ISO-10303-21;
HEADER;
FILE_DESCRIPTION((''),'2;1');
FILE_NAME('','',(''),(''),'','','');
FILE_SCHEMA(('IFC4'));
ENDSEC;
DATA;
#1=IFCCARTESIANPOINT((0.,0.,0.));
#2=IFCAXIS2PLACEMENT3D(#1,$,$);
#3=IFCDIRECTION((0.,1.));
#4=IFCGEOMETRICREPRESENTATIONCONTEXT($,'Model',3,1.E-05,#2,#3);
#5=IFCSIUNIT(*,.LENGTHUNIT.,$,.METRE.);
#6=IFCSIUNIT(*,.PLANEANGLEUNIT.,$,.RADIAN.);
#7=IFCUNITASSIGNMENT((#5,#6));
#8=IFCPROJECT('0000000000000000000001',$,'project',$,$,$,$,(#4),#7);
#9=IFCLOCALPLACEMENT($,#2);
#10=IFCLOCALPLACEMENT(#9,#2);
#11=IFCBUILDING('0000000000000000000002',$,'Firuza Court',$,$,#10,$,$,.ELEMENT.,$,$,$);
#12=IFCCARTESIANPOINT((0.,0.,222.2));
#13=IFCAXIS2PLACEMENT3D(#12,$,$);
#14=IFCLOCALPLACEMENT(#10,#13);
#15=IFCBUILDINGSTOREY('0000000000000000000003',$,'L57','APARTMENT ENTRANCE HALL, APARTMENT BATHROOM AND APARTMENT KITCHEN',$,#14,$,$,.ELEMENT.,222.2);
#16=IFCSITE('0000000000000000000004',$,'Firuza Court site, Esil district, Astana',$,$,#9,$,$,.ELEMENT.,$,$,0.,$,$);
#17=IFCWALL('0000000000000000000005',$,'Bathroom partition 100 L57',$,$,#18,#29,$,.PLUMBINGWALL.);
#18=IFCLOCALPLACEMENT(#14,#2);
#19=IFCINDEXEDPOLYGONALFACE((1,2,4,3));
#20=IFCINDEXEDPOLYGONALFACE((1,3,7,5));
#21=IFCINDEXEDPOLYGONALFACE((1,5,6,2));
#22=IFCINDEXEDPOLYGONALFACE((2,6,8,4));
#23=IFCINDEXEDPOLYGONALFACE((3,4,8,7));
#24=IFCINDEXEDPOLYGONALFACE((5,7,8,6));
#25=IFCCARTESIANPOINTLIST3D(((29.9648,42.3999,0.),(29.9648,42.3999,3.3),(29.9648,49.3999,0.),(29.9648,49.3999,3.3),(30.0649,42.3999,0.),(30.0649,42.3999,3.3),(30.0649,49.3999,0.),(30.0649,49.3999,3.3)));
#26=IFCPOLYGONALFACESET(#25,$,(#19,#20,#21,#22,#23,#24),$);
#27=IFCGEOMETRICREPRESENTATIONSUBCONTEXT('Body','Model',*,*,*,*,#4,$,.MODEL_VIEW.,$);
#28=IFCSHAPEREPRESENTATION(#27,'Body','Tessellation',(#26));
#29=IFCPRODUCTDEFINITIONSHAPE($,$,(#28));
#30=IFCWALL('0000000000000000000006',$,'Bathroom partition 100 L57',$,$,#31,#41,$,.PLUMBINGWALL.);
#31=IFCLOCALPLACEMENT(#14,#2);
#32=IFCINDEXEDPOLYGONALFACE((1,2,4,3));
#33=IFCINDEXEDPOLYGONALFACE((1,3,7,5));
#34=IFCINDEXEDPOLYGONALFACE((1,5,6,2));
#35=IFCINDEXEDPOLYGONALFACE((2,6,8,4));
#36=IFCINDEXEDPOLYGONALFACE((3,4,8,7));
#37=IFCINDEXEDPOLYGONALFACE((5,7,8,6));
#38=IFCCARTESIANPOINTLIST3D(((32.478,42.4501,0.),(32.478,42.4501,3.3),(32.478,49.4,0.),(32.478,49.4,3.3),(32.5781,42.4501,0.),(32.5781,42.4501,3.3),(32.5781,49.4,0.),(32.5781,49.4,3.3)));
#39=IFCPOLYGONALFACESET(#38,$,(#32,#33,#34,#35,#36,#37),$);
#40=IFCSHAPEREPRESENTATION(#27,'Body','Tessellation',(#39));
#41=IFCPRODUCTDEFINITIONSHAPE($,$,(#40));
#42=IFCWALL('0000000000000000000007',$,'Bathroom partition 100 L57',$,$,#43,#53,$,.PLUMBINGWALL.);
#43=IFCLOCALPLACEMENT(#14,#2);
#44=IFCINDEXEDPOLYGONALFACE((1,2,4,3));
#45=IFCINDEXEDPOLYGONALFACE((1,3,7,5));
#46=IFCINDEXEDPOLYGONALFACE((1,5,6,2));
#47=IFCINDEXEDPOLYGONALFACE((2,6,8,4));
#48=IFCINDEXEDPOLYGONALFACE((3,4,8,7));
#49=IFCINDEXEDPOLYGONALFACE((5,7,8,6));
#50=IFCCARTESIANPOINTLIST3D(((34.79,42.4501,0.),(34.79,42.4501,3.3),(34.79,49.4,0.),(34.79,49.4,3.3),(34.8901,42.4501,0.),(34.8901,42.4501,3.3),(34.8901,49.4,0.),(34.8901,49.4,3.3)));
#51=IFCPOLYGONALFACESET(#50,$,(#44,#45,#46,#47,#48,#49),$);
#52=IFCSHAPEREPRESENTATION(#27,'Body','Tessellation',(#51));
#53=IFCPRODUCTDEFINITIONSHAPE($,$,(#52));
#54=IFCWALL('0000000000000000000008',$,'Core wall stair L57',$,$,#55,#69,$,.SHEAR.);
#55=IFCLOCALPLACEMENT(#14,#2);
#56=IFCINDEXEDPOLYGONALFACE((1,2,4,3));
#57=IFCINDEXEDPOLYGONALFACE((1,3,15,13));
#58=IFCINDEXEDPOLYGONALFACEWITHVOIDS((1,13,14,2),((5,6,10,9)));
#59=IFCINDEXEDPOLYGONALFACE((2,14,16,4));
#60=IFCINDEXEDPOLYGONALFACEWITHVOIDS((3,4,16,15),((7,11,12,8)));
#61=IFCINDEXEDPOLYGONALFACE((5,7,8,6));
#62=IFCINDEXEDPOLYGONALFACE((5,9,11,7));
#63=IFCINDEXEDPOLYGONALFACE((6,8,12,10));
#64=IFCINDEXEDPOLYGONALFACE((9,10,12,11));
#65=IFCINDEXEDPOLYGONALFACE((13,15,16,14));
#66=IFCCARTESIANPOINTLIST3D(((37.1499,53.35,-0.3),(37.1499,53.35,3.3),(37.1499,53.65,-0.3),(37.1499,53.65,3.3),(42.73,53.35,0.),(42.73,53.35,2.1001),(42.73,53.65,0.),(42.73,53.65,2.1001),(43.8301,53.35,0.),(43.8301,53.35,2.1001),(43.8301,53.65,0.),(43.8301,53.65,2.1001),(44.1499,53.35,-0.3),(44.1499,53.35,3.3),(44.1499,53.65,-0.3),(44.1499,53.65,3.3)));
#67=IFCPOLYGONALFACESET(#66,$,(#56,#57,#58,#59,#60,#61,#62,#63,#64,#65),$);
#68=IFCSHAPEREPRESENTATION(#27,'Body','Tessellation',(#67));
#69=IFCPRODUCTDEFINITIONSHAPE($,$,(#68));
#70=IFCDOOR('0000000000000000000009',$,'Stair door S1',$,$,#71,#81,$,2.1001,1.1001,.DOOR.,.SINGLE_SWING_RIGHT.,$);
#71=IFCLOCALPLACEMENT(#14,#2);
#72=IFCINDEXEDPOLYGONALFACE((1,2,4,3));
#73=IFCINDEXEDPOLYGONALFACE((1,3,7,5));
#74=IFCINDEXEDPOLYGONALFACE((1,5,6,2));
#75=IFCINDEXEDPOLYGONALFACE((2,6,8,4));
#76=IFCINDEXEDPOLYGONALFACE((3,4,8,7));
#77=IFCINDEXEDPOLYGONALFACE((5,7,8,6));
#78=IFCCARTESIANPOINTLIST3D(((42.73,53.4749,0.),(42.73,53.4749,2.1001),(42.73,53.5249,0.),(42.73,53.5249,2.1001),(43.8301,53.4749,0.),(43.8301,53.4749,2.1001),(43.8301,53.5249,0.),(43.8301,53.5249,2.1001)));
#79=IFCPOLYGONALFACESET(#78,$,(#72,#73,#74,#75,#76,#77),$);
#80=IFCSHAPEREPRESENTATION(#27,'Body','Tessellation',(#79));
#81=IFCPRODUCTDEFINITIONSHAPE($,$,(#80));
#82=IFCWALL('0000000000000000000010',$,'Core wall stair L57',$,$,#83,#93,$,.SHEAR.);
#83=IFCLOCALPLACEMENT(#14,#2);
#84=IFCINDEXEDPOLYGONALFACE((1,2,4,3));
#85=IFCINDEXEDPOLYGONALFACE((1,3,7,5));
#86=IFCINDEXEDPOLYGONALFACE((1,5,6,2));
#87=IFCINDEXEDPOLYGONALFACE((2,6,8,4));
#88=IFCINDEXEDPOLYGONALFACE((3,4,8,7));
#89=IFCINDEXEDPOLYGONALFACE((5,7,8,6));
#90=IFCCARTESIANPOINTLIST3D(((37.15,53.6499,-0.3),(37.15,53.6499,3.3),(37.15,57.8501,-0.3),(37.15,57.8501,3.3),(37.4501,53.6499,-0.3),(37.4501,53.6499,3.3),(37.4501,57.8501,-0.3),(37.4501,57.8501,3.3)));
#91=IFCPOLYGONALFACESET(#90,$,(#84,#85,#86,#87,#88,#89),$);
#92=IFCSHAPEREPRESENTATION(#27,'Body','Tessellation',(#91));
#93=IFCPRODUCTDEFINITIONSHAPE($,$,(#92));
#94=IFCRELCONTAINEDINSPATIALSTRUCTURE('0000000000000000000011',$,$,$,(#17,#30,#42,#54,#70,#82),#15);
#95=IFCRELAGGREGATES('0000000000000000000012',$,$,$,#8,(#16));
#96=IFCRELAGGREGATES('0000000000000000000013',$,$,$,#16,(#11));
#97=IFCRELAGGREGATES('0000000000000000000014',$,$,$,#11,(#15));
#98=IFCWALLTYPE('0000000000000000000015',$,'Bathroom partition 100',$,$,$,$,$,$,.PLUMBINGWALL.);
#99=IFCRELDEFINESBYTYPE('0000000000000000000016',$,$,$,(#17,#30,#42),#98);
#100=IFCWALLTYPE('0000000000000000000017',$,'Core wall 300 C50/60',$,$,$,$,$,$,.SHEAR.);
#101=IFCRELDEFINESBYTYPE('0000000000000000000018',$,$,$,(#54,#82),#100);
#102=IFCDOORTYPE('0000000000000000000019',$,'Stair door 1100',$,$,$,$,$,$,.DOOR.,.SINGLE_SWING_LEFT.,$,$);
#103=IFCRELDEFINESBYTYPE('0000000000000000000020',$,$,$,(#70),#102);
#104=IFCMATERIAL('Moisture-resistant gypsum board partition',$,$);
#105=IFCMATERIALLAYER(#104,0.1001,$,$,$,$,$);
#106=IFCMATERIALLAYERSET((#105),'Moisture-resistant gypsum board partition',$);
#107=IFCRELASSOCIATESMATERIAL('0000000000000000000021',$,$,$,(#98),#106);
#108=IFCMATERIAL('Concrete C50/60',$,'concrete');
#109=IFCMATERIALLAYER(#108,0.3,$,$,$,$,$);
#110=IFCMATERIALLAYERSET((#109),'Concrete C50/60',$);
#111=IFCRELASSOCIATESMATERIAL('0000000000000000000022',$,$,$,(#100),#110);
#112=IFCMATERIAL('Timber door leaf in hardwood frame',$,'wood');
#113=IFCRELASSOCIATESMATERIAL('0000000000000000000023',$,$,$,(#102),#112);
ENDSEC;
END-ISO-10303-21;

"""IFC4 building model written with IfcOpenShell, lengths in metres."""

from ifc_helpers import new_model, si_unit, direction, frame, frame_2d, origin, place, context, subcontext, project, spatial, rectangle, extrude, material, layer, layer_set, type_object, element, fill, save


model = new_model("IFC4")

# Units and contexts
model_context = context("Model", 3, precision=1e-05, world=origin(), true_north=direction((0.0, 1.0)))
body_context = subcontext(model_context, "Body", "Model", "MODEL_VIEW")
ifc_project = project(units=[si_unit("LENGTHUNIT", "METRE"), si_unit("PLANEANGLEUNIT", "RADIAN")], contexts=[model_context])

# Site, building, storey
site_placement = place(None, origin())
site = spatial("IfcSite", under=ifc_project, at=site_placement, Name="Firuza Court site, Esil district, Astana", CompositionType="ELEMENT", RefElevation=0.0)
building_placement = place(site_placement, origin())
building = spatial("IfcBuilding", under=site, at=building_placement, Name="Firuza Court", CompositionType="ELEMENT")
storey_placement = place(building_placement, frame((0.0, 0.0, 222.2)))
storey = spatial("IfcBuildingStorey", under=building, at=storey_placement, Name="L57", Description="APARTMENT ENTRANCE HALL, APARTMENT BATHROOM AND APARTMENT KITCHEN", CompositionType="ELEMENT", Elevation=222.2)

# Walls
ifc_material_1 = material(Name="Moisture-resistant gypsum board partition")
ifc_layer_1 = layer(ifc_material_1, 0.1001)
ifc_layer_set_1 = layer_set([ifc_layer_1], Name="Moisture-resistant gypsum board partition")
wall_type_1 = type_object("IfcWallType", Name="Bathroom partition 100", PredefinedType="PLUMBINGWALL", material=ifc_layer_set_1)
wall_1_placement = place(storey_placement, frame((30.0149, 42.3999, 0.0), z_axis=(0.0, 0.0, 1.0), x_axis=(0.0, 1.0, 0.0)))
element("IfcWall", 1, at=wall_1_placement, inside=storey, type_object=wall_type_1, Name="Bathroom partition 100 L57", PredefinedType="PLUMBINGWALL", context=body_context, shape_type="SweptSolid", body=[
    extrude(rectangle(XDim=7.0, YDim=0.1001, at=frame_2d((3.5, 0.0))), origin(), (0.0, 0.0, 1.0), 3.3),
])
for number, where, z_axis, x_axis, name in (
    (2, (32.5281, 42.45, 0.0), (0.0, 0.0, 1.0), (0.0, 1.0, 0.0), "Bathroom partition 100 L57"),
    (3, (34.8401, 42.45, 0.0), (0.0, 0.0, 1.0), (0.0, 1.0, 0.0), "Bathroom partition 100 L57"),
):
    element("IfcWall", number, at=place(storey_placement, frame(where, z_axis=z_axis, x_axis=x_axis)), inside=storey, type_object=wall_type_1, Name=name, PredefinedType="PLUMBINGWALL", context=body_context, shape_type="SweptSolid", body=[
        extrude(rectangle(XDim=6.95, YDim=0.1001, at=frame_2d((3.4751, 0.0))), origin(), (0.0, 0.0, 1.0), 3.3),
    ])

# Wall, opening, door
ifc_material_2 = material(Name="Concrete C50/60", Category="concrete")
ifc_layer_2 = layer(ifc_material_2, 0.3)
ifc_layer_set_2 = layer_set([ifc_layer_2], Name="Concrete C50/60")
wall_type_2 = type_object("IfcWallType", Name="Core wall 300 C50/60", PredefinedType="SHEAR", material=ifc_layer_set_2)
wall_2_placement = place(storey_placement, frame((37.1499, 53.5, -0.3), z_axis=(0.0, 0.0, 1.0), x_axis=(1.0, 0.0, 0.0)))
wall_2 = element("IfcWall", 4, at=wall_2_placement, inside=storey, type_object=wall_type_2, Name="Core wall stair L57", PredefinedType="SHEAR", context=body_context, shape_type="SweptSolid", body=[
    extrude(rectangle(XDim=7.0, YDim=0.3, at=frame_2d((3.5, 0.0))), origin(), (0.0, 0.0, 1.0), 3.6001),
])
opening_1_placement = place(wall_2_placement, frame((5.5801, 0.0, 0.3)))
opening_1 = element("IfcOpeningElement", 5, at=opening_1_placement, cuts=wall_2, PredefinedType="OPENING", context=body_context, shape_type="SweptSolid", body=[
    extrude(rectangle(XDim=1.1001, YDim=2.1001, at=frame_2d((0.55, 1.05))), frame((0.0, 0.1621, 0.0), z_axis=(0.0, -1.0, 0.0), x_axis=(1.0, 0.0, 0.0)), (0.0, 0.0, 1.0), 0.324),
])
ifc_material_3 = material(Name="Timber door leaf in hardwood frame", Category="wood")
door_type_1 = type_object("IfcDoorType", Name="Stair door 1100", OperationType="SINGLE_SWING_LEFT", PredefinedType="DOOR", material=ifc_material_3)
door_1_placement = place(opening_1_placement, origin())
door_1 = element("IfcDoor", 6, at=door_1_placement, inside=storey, type_object=door_type_1, Name="Stair door S1", OperationType="SINGLE_SWING_RIGHT", OverallHeight=2.1001, OverallWidth=1.1001, PredefinedType="DOOR", context=body_context, shape_type="SweptSolid", body=[
    extrude(rectangle(XDim=1.1001, YDim=2.1001, at=frame_2d((0.55, 1.05))), frame((0.0, 0.0249, 0.0), z_axis=(0.0, -1.0, 0.0), x_axis=(1.0, 0.0, 0.0)), (0.0, 0.0, 1.0), 0.05),
])
fill(opening_1, door_1)

# Wall
wall_3_placement = place(storey_placement, frame((37.3, 53.6499, -0.3), z_axis=(0.0, 0.0, 1.0), x_axis=(0.0, 1.0, 0.0)))
element("IfcWall", 7, at=wall_3_placement, inside=storey, type_object=wall_type_2, Name="Core wall stair L57", PredefinedType="SHEAR", context=body_context, shape_type="SweptSolid", body=[
    extrude(rectangle(XDim=4.2002, YDim=0.3, at=frame_2d((2.1001, 0.0))), origin(), (0.0, 0.0, 1.0), 3.6001),
])

save(model, "model.ifc")
